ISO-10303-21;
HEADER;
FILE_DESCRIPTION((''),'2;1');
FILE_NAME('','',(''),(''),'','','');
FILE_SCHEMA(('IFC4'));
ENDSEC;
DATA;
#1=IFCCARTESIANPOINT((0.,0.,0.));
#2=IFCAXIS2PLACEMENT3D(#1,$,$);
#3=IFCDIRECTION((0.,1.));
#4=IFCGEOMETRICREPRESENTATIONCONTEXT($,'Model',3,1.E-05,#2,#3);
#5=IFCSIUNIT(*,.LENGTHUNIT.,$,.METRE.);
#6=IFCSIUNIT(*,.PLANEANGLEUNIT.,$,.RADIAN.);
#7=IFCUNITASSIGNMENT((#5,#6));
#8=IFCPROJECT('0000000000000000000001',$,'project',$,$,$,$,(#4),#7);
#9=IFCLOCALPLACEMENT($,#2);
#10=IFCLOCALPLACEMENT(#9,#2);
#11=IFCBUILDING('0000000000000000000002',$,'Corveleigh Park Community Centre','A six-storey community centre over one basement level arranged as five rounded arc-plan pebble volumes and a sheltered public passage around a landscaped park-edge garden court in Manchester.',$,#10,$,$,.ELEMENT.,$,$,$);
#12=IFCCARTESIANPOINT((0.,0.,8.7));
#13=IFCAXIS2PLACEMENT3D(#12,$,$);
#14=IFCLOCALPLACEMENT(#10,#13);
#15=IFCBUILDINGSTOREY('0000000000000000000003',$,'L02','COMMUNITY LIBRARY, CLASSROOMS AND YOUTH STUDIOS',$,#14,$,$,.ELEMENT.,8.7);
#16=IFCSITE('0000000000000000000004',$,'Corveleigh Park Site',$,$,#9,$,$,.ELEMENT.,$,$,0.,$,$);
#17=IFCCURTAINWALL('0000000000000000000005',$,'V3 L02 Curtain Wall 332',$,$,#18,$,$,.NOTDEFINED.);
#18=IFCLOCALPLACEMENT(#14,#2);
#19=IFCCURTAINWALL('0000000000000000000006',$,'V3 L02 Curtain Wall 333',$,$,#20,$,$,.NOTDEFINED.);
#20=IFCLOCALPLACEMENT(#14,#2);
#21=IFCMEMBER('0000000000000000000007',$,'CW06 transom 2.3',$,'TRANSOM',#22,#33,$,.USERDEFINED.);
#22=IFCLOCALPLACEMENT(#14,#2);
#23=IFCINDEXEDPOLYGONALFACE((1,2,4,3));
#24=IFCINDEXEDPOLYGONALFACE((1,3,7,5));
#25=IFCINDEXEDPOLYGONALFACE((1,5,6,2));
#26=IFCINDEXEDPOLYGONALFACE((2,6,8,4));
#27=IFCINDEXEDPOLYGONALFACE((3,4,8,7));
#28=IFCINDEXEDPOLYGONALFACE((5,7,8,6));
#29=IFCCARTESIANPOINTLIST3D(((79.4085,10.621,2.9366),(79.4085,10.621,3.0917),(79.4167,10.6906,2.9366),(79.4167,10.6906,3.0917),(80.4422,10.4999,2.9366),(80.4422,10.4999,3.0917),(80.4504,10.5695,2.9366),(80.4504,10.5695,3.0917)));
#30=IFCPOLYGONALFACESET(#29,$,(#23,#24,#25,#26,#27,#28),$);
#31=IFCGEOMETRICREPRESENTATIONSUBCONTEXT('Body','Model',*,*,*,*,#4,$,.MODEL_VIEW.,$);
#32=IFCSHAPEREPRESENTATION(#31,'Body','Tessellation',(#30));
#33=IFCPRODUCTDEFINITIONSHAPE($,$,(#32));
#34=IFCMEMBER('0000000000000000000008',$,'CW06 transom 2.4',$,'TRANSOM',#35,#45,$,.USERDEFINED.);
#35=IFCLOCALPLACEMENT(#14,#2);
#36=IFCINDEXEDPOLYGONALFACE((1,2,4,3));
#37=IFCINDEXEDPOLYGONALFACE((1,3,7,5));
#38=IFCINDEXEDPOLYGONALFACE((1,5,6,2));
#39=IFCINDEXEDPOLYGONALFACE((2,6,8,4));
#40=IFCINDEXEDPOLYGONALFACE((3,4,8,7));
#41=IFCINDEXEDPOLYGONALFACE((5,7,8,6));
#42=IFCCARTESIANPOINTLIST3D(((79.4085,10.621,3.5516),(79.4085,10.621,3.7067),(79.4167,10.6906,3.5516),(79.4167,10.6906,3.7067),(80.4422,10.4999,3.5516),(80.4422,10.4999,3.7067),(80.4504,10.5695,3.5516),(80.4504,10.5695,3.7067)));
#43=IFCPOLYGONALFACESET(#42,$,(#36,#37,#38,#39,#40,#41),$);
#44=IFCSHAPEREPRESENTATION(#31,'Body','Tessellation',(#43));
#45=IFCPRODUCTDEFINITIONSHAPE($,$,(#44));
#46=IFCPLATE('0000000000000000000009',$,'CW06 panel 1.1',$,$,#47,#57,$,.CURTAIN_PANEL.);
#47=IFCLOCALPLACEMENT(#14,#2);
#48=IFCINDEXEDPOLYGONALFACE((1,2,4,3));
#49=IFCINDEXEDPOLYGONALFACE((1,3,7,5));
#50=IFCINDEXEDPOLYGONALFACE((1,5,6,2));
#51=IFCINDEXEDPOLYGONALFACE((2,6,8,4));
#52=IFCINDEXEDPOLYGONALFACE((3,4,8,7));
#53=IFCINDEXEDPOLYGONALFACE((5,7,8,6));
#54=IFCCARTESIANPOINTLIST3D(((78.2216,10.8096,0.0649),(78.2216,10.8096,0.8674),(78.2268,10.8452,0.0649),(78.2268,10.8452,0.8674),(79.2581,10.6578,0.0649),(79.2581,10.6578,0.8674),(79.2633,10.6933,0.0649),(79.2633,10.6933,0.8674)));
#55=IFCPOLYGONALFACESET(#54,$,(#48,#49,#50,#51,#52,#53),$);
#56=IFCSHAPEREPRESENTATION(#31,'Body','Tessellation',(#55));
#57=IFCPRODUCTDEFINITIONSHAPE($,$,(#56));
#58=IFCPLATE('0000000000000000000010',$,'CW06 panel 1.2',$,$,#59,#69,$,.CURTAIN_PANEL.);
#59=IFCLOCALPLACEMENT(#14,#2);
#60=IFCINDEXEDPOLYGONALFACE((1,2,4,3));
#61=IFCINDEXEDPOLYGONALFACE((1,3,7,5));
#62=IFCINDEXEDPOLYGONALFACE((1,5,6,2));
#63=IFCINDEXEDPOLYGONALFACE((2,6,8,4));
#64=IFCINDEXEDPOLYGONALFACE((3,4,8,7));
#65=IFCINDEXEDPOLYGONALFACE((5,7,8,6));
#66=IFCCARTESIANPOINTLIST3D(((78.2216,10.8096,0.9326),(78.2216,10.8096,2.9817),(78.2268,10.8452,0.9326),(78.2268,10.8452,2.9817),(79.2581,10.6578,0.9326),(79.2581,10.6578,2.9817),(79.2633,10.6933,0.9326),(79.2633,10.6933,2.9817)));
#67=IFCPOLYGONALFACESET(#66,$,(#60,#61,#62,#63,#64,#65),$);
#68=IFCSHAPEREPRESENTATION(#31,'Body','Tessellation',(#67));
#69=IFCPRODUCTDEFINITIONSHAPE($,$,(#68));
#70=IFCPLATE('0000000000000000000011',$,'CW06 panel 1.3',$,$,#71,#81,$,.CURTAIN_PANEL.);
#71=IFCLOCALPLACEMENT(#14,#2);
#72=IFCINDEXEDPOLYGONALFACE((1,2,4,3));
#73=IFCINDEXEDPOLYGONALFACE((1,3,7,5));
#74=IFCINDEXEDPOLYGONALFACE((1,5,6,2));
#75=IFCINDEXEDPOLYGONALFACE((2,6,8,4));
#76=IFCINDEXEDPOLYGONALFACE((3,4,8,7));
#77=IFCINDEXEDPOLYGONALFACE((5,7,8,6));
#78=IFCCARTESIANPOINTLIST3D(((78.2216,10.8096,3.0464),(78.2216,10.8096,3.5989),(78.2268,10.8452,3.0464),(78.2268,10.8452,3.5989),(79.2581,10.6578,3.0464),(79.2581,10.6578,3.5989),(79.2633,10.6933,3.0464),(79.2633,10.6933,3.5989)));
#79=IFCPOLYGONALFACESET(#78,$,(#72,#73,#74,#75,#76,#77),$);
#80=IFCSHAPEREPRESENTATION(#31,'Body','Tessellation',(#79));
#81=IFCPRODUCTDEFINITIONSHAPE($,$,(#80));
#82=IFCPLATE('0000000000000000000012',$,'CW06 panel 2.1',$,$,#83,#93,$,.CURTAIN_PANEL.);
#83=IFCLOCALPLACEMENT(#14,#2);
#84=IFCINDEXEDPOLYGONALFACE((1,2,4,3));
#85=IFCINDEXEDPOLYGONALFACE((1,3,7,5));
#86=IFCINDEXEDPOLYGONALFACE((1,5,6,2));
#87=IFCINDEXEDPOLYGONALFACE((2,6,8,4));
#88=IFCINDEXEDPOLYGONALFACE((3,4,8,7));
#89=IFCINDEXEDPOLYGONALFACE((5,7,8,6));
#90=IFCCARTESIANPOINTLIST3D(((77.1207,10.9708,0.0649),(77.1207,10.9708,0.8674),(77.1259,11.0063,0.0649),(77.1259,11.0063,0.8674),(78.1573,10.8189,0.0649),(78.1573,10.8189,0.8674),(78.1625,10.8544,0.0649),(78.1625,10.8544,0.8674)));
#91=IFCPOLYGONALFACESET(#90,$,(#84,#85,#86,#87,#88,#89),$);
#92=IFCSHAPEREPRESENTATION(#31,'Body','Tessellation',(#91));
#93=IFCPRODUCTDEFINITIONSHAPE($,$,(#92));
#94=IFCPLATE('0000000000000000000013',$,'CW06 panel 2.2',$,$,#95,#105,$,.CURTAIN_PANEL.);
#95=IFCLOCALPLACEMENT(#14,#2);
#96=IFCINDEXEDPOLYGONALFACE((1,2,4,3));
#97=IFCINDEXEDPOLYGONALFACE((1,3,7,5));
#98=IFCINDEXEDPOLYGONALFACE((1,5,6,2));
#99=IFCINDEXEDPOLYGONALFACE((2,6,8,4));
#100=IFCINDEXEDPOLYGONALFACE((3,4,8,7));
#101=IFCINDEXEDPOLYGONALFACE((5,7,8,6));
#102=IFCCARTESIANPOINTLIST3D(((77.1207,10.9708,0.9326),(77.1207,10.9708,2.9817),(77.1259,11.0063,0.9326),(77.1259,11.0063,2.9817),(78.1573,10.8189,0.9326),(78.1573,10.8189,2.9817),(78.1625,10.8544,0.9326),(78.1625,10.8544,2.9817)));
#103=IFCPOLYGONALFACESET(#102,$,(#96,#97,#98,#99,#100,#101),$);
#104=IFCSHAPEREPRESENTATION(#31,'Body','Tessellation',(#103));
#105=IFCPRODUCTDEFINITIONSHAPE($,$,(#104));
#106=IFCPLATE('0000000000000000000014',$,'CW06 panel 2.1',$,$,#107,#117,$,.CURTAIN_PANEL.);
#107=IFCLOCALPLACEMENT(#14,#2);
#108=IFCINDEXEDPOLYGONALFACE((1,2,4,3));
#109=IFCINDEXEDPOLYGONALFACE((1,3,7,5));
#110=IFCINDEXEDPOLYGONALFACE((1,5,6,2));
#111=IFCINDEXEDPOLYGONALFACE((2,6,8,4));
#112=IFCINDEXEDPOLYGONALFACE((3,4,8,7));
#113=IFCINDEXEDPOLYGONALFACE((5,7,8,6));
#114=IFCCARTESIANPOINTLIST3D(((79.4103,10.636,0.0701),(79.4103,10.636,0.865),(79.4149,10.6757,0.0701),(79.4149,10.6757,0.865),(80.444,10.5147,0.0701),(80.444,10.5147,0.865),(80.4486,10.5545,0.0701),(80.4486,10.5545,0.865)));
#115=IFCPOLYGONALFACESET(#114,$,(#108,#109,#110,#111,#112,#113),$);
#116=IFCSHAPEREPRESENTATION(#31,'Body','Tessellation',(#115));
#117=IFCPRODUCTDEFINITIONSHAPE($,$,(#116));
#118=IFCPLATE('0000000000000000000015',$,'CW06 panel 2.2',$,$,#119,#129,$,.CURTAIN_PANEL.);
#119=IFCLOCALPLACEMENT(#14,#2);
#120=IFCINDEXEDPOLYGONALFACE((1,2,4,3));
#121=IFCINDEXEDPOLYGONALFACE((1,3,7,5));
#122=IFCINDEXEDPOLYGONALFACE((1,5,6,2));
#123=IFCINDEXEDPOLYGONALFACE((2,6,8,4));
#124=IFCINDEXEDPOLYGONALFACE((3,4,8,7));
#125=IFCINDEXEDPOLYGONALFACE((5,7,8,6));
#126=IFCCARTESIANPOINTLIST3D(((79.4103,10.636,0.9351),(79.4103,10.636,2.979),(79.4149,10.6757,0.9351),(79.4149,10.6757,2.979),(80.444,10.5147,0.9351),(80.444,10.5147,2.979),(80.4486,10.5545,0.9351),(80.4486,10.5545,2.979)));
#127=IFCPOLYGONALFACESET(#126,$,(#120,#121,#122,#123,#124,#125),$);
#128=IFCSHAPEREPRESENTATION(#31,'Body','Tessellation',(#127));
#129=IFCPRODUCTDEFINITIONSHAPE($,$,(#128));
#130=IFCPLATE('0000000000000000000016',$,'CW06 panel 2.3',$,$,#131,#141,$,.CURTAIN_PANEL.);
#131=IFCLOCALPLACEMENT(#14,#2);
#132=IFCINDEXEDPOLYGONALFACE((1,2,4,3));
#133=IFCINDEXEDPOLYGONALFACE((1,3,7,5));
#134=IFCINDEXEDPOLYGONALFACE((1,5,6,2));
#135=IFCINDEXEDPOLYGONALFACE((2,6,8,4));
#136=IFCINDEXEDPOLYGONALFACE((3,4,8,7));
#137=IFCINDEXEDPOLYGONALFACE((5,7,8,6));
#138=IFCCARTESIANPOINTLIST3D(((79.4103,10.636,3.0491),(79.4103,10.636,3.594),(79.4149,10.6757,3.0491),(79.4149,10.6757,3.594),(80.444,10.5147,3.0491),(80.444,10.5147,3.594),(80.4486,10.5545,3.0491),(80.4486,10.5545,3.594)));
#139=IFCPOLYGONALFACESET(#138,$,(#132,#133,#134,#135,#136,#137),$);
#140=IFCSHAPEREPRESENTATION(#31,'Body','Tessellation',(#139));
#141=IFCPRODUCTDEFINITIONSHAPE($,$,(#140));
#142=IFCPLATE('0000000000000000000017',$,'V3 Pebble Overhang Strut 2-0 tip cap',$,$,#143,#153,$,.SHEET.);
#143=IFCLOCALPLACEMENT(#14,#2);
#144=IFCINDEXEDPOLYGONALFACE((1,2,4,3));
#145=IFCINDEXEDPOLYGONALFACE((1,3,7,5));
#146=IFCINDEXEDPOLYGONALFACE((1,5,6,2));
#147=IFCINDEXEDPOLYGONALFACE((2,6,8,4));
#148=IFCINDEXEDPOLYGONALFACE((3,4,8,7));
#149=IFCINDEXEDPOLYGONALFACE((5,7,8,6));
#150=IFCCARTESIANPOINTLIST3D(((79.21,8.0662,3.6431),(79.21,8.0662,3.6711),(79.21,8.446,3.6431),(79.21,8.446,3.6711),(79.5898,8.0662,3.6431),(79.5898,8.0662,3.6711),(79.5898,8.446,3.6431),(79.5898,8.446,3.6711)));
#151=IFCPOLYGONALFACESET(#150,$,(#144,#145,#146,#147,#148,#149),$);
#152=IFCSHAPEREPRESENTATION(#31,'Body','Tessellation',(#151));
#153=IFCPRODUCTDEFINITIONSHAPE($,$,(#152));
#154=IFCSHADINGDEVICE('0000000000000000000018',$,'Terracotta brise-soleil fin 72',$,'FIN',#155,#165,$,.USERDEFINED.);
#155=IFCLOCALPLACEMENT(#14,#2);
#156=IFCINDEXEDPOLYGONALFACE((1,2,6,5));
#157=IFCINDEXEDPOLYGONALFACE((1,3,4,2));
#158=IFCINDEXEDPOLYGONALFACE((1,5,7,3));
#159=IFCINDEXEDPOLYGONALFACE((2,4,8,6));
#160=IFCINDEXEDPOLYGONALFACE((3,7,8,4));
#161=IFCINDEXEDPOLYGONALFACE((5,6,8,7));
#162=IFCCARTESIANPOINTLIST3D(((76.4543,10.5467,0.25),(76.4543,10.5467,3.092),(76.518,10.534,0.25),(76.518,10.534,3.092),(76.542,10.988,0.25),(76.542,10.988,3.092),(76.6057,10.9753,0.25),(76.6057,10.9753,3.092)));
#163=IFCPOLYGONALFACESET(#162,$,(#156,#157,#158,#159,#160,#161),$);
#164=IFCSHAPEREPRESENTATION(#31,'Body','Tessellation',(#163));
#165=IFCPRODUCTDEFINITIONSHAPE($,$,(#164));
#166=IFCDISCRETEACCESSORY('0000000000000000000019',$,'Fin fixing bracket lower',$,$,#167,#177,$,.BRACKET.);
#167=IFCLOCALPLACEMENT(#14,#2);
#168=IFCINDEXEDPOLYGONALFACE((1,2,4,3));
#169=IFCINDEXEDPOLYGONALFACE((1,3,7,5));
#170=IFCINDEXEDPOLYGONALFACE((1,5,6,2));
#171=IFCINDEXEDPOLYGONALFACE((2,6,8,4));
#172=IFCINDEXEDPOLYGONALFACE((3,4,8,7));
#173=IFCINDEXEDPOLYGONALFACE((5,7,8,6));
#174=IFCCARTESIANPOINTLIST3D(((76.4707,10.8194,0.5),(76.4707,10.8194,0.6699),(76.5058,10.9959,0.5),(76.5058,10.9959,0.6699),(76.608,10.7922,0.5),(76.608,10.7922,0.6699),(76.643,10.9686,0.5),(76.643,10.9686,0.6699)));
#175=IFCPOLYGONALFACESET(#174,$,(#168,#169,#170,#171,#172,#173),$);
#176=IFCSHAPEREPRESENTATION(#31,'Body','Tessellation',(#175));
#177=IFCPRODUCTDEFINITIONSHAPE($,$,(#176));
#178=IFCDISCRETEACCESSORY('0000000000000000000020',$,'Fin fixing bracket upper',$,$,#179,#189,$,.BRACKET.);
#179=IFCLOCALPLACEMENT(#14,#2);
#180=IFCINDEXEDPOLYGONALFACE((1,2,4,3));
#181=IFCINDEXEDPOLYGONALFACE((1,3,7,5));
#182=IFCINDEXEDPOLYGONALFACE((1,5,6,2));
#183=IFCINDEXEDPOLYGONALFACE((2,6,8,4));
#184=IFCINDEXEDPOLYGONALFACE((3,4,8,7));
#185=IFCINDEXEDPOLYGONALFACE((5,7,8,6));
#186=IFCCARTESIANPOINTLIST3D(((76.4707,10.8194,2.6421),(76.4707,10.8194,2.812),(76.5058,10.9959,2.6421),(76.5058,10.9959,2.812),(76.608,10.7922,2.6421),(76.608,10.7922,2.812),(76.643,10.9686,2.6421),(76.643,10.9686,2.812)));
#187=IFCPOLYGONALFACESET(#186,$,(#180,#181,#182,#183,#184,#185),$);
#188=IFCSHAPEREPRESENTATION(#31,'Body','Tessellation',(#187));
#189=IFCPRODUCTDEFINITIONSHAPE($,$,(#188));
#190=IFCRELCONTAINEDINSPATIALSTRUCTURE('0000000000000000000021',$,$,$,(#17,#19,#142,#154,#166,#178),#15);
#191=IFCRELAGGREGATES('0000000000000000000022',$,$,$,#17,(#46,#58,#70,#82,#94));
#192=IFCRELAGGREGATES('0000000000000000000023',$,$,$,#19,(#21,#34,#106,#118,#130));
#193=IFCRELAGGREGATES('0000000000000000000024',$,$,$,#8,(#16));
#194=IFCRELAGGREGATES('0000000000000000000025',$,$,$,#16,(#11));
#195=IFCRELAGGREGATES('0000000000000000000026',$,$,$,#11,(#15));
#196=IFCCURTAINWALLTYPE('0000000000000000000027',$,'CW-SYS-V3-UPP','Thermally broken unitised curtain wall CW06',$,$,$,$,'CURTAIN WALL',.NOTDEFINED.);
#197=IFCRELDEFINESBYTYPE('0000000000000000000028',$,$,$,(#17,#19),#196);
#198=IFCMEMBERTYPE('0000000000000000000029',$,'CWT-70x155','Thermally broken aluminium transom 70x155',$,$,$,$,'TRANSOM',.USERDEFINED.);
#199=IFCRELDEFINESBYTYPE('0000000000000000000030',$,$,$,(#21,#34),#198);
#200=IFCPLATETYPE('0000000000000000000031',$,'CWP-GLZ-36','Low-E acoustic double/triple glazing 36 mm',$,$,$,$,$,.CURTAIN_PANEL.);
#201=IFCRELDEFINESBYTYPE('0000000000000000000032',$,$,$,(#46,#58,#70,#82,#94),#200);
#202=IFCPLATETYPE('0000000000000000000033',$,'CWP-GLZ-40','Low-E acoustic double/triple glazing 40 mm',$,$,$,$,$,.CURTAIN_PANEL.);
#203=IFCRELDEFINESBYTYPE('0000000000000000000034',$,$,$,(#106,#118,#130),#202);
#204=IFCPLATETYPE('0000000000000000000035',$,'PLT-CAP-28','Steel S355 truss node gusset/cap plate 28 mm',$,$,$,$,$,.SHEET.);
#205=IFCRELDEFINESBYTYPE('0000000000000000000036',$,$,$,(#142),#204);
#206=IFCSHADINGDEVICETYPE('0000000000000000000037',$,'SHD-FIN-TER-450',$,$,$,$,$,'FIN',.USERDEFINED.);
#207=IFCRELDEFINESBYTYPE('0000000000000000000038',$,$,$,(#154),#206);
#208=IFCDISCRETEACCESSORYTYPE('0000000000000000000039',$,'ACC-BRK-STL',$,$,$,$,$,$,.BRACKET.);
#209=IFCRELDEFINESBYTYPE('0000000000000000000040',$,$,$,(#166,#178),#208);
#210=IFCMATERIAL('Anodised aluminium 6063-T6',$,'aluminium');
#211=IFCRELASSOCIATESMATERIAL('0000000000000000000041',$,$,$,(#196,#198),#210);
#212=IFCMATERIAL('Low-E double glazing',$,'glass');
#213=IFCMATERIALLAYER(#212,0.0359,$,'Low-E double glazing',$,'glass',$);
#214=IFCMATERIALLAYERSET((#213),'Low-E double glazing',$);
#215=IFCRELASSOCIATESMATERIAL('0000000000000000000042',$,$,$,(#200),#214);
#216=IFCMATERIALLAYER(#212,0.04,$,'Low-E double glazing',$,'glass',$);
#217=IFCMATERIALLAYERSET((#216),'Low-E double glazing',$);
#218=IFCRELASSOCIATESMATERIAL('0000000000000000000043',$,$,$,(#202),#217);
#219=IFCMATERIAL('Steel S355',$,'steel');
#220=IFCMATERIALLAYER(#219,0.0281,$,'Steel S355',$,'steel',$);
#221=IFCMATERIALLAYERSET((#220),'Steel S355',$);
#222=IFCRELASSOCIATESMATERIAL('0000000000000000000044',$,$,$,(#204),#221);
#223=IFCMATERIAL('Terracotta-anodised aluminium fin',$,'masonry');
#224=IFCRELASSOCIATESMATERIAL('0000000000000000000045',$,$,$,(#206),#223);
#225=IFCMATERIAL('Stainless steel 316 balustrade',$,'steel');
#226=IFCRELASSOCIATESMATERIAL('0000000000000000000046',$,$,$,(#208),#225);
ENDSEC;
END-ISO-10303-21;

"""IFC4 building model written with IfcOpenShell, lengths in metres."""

from ifc_helpers import new_model, si_unit, direction, frame, origin, origin_2d, place, context, subcontext, project, spatial, rectangle, extrude, material, layer, layer_set, material_profile, profile_set, type_object, element, aggregate, save


model = new_model("IFC4")

# Units and contexts
model_context = context("Model", 3, precision=1e-05, world=origin(), true_north=direction((0.0, 1.0)))
body_context = subcontext(model_context, "Body", "Model", "MODEL_VIEW")
ifc_project = project(units=[si_unit("LENGTHUNIT", "METRE"), si_unit("PLANEANGLEUNIT", "RADIAN")], contexts=[model_context])

# Site, building, storey
site_placement = place(None, origin())
site = spatial("IfcSite", under=ifc_project, at=site_placement, Name="Corveleigh Park Site", CompositionType="ELEMENT", RefElevation=0.0)
building_placement = place(site_placement, origin())
building = spatial("IfcBuilding", under=site, at=building_placement, Name="Corveleigh Park Community Centre", Description="A six-storey community centre over one basement level arranged as five rounded arc-plan pebble volumes and a sheltered public passage around a landscaped park-edge garden court in Manchester.", CompositionType="ELEMENT")
storey_placement = place(building_placement, frame((0.0, 0.0, 8.7)))
storey = spatial("IfcBuildingStorey", under=building, at=storey_placement, Name="L02", Description="COMMUNITY LIBRARY, CLASSROOMS AND YOUTH STUDIOS", CompositionType="ELEMENT", Elevation=8.7)

# Curtain walls
ifc_material_1 = material(Name="Anodised aluminium 6063-T6", Category="aluminium")
curtain_wall_type = type_object("IfcCurtainWallType", Name="CW-SYS-V3-UPP", Description="Thermally broken unitised curtain wall CW06", ElementType="CURTAIN WALL", PredefinedType="NOTDEFINED", material=ifc_material_1)
curtain_wall_1_placement = place(storey_placement, origin())
curtain_wall_1 = element("IfcCurtainWall", 1, at=curtain_wall_1_placement, inside=storey, type_object=curtain_wall_type, Name="V3 L02 Curtain Wall 332", PredefinedType="NOTDEFINED")
curtain_wall_2_placement = place(storey_placement, origin())
curtain_wall_2 = element("IfcCurtainWall", 2, at=curtain_wall_2_placement, inside=storey, type_object=curtain_wall_type, Name="V3 L02 Curtain Wall 333", PredefinedType="NOTDEFINED")

# Members
ifc_material_profile_1 = material_profile(ifc_material_1, rectangle(XDim=0.0701, YDim=0.155, at=origin_2d()), Name="ALU-T70x155", Category="aluminium")
ifc_profile_set_1 = profile_set([ifc_material_profile_1], Name="Anodised aluminium 6063-T6")
member_type_1 = type_object("IfcMemberType", Name="CWT-70x155", Description="Thermally broken aluminium transom 70x155", ElementType="TRANSOM", PredefinedType="USERDEFINED", material=ifc_profile_set_1)
member_1_placement = place(storey_placement, frame((80.4463, 10.5347, 3.0142), z_axis=(-0.993208, 0.116351, 0.0), x_axis=(-0.116351, -0.993208, 0.0)))
member_1 = element("IfcMember", 3, at=member_1_placement, type_object=member_type_1, Name="CW06 transom 2.3", ObjectType="TRANSOM", PredefinedType="USERDEFINED", context=body_context, shape_type="SweptSolid", body=[
    extrude(rectangle(XDim=0.0701, YDim=0.155, at=origin_2d()), origin(), (0.0, 0.0, 1.0), 1.0408),
])
member_2_placement = place(storey_placement, frame((80.4463, 10.5347, 3.6292), z_axis=(-0.993208, 0.116351, 0.0), x_axis=(-0.116351, -0.993208, 0.0)))
member_2 = element("IfcMember", 4, at=member_2_placement, type_object=member_type_1, Name="CW06 transom 2.4", ObjectType="TRANSOM", PredefinedType="USERDEFINED", context=body_context, shape_type="SweptSolid", body=[
    extrude(rectangle(XDim=0.0701, YDim=0.155, at=origin_2d()), origin(), (0.0, 0.0, 1.0), 1.0408),
])

# Plates
ifc_material_2 = material(Name="Low-E double glazing", Category="glass")
ifc_layer_1 = layer(ifc_material_2, 0.0359, Name="Low-E double glazing", Category="glass")
ifc_layer_set_1 = layer_set([ifc_layer_1], Name="Low-E double glazing")
plate_type_1 = type_object("IfcPlateType", Name="CWP-GLZ-36", Description="Low-E acoustic double/triple glazing 36 mm", PredefinedType="CURTAIN_PANEL", material=ifc_layer_set_1)
plate_1_placement = place(storey_placement, frame((78.7424, 10.7515, 0.0649), z_axis=(0.0, 0.0, 1.0), x_axis=(-0.989437, 0.144966, 0.0)))
plate_1 = element("IfcPlate", 5, at=plate_1_placement, type_object=plate_type_1, Name="CW06 panel 1.1", PredefinedType="CURTAIN_PANEL", context=body_context, shape_type="SweptSolid", body=[
    extrude(rectangle(XDim=1.0476, YDim=0.0359, at=origin_2d()), origin(), (0.0, 0.0, 1.0), 0.8025),
])
plate_2_placement = place(storey_placement, frame((78.7424, 10.7515, 0.9326), z_axis=(0.0, 0.0, 1.0), x_axis=(-0.989437, 0.144966, 0.0)))
plate_2 = element("IfcPlate", 6, at=plate_2_placement, type_object=plate_type_1, Name="CW06 panel 1.2", PredefinedType="CURTAIN_PANEL", context=body_context, shape_type="SweptSolid", body=[
    extrude(rectangle(XDim=1.0476, YDim=0.0359, at=origin_2d()), origin(), (0.0, 0.0, 1.0), 2.0491),
])
plate_3_placement = place(storey_placement, frame((78.7424, 10.7515, 3.0464), z_axis=(0.0, 0.0, 1.0), x_axis=(-0.989437, 0.144966, 0.0)))
plate_3 = element("IfcPlate", 7, at=plate_3_placement, type_object=plate_type_1, Name="CW06 panel 1.3", PredefinedType="CURTAIN_PANEL", context=body_context, shape_type="SweptSolid", body=[
    extrude(rectangle(XDim=1.0476, YDim=0.0359, at=origin_2d()), origin(), (0.0, 0.0, 1.0), 0.5525),
])
plate_4_placement = place(storey_placement, frame((77.6416, 10.9126, 0.0649), z_axis=(0.0, 0.0, 1.0), x_axis=(-0.989437, 0.144966, 0.0)))
plate_4 = element("IfcPlate", 8, at=plate_4_placement, type_object=plate_type_1, Name="CW06 panel 2.1", PredefinedType="CURTAIN_PANEL", context=body_context, shape_type="SweptSolid", body=[
    extrude(rectangle(XDim=1.0476, YDim=0.0359, at=origin_2d()), origin(), (0.0, 0.0, 1.0), 0.8025),
])
plate_5_placement = place(storey_placement, frame((77.6416, 10.9126, 0.9326), z_axis=(0.0, 0.0, 1.0), x_axis=(-0.989437, 0.144966, 0.0)))
plate_5 = element("IfcPlate", 9, at=plate_5_placement, type_object=plate_type_1, Name="CW06 panel 2.2", PredefinedType="CURTAIN_PANEL", context=body_context, shape_type="SweptSolid", body=[
    extrude(rectangle(XDim=1.0476, YDim=0.0359, at=origin_2d()), origin(), (0.0, 0.0, 1.0), 2.0491),
])
aggregate(curtain_wall_1, [plate_1, plate_2, plate_3, plate_4, plate_5])
ifc_layer_2 = layer(ifc_material_2, 0.04, Name="Low-E double glazing", Category="glass")
ifc_layer_set_2 = layer_set([ifc_layer_2], Name="Low-E double glazing")
plate_type_2 = type_object("IfcPlateType", Name="CWP-GLZ-40", Description="Low-E acoustic double/triple glazing 40 mm", PredefinedType="CURTAIN_PANEL", material=ifc_layer_set_2)
plate_6_placement = place(storey_placement, frame((79.9294, 10.5952, 0.0701), z_axis=(0.0, 0.0, 1.0), x_axis=(-0.993189, 0.116512, 0.0)))
plate_6 = element("IfcPlate", 10, at=plate_6_placement, type_object=plate_type_2, Name="CW06 panel 2.1", PredefinedType="CURTAIN_PANEL", context=body_context, shape_type="SweptSolid", body=[
    extrude(rectangle(XDim=1.0408, YDim=0.04, at=origin_2d()), origin(), (0.0, 0.0, 1.0), 0.7949),
])
plate_7_placement = place(storey_placement, frame((79.9294, 10.5952, 0.9351), z_axis=(0.0, 0.0, 1.0), x_axis=(-0.993189, 0.116512, 0.0)))
plate_7 = element("IfcPlate", 11, at=plate_7_placement, type_object=plate_type_2, Name="CW06 panel 2.2", PredefinedType="CURTAIN_PANEL", context=body_context, shape_type="SweptSolid", body=[
    extrude(rectangle(XDim=1.0408, YDim=0.04, at=origin_2d()), origin(), (0.0, 0.0, 1.0), 2.0439),
])
plate_8_placement = place(storey_placement, frame((79.9294, 10.5952, 3.0491), z_axis=(0.0, 0.0, 1.0), x_axis=(-0.993189, 0.116512, 0.0)))
plate_8 = element("IfcPlate", 12, at=plate_8_placement, type_object=plate_type_2, Name="CW06 panel 2.3", PredefinedType="CURTAIN_PANEL", context=body_context, shape_type="SweptSolid", body=[
    extrude(rectangle(XDim=1.0408, YDim=0.04, at=origin_2d()), origin(), (0.0, 0.0, 1.0), 0.5449),
])
aggregate(curtain_wall_2, [member_1, member_2, plate_6, plate_7, plate_8])
ifc_material_3 = material(Name="Steel S355", Category="steel")
ifc_layer_3 = layer(ifc_material_3, 0.0281, Name="Steel S355", Category="steel")
ifc_layer_set_3 = layer_set([ifc_layer_3], Name="Steel S355")
plate_type_3 = type_object("IfcPlateType", Name="PLT-CAP-28", Description="Steel S355 truss node gusset/cap plate 28 mm", PredefinedType="SHEET", material=ifc_layer_set_3)
plate_9_placement = place(storey_placement, frame((79.3999, 8.2561, 3.6431), z_axis=(0.0, 0.0, 1.0), x_axis=(1.0, 0.0, 0.0)))
element("IfcPlate", 13, at=plate_9_placement, inside=storey, type_object=plate_type_3, Name="V3 Pebble Overhang Strut 2-0 tip cap", PredefinedType="SHEET", context=body_context, shape_type="SweptSolid", body=[
    extrude(rectangle(XDim=0.3799, YDim=0.3799, at=origin_2d()), origin(), (0.0, 0.0, 1.0), 0.0281),
])

# Shading device
ifc_material_4 = material(Name="Terracotta-anodised aluminium fin", Category="masonry")
shading_device_type = type_object("IfcShadingDeviceType", Name="SHD-FIN-TER-450", ElementType="FIN", PredefinedType="USERDEFINED", material=ifc_material_4)
shading_device_placement = place(storey_placement, frame((76.53, 10.761, 0.25), z_axis=(0.0, 0.0, 1.0), x_axis=(-0.194947, -0.980814, 0.0)))
element("IfcShadingDevice", 14, at=shading_device_placement, inside=storey, type_object=shading_device_type, Name="Terracotta brise-soleil fin 72", ObjectType="FIN", PredefinedType="USERDEFINED", context=body_context, shape_type="SweptSolid", body=[
    extrude(rectangle(XDim=0.45, YDim=0.0649, at=origin_2d()), origin(), (0.0, 0.0, 1.0), 2.842),
])

# Discrete accessories
ifc_material_5 = material(Name="Stainless steel 316 balustrade", Category="steel")
discrete_accessory_type = type_object("IfcDiscreteAccessoryType", Name="ACC-BRK-STL", PredefinedType="BRACKET", material=ifc_material_5)
for number, where, z_axis, x_axis, name in (
    (15, (76.5569, 10.894, 0.5), (0.0, 0.0, 1.0), (-0.194947, -0.980814, 0.0), "Fin fixing bracket lower"),
    (16, (76.5569, 10.894, 2.6421), (0.0, 0.0, 1.0), (-0.194947, -0.980814, 0.0), "Fin fixing bracket upper"),
):
    element("IfcDiscreteAccessory", number, at=place(storey_placement, frame(where, z_axis=z_axis, x_axis=x_axis)), inside=storey, type_object=discrete_accessory_type, Name=name, PredefinedType="BRACKET", context=body_context, shape_type="SweptSolid", body=[
        extrude(rectangle(XDim=0.1799, YDim=0.1399, at=origin_2d()), origin(), (0.0, 0.0, 1.0), 0.1699),
    ])

save(model, "model.ifc")
